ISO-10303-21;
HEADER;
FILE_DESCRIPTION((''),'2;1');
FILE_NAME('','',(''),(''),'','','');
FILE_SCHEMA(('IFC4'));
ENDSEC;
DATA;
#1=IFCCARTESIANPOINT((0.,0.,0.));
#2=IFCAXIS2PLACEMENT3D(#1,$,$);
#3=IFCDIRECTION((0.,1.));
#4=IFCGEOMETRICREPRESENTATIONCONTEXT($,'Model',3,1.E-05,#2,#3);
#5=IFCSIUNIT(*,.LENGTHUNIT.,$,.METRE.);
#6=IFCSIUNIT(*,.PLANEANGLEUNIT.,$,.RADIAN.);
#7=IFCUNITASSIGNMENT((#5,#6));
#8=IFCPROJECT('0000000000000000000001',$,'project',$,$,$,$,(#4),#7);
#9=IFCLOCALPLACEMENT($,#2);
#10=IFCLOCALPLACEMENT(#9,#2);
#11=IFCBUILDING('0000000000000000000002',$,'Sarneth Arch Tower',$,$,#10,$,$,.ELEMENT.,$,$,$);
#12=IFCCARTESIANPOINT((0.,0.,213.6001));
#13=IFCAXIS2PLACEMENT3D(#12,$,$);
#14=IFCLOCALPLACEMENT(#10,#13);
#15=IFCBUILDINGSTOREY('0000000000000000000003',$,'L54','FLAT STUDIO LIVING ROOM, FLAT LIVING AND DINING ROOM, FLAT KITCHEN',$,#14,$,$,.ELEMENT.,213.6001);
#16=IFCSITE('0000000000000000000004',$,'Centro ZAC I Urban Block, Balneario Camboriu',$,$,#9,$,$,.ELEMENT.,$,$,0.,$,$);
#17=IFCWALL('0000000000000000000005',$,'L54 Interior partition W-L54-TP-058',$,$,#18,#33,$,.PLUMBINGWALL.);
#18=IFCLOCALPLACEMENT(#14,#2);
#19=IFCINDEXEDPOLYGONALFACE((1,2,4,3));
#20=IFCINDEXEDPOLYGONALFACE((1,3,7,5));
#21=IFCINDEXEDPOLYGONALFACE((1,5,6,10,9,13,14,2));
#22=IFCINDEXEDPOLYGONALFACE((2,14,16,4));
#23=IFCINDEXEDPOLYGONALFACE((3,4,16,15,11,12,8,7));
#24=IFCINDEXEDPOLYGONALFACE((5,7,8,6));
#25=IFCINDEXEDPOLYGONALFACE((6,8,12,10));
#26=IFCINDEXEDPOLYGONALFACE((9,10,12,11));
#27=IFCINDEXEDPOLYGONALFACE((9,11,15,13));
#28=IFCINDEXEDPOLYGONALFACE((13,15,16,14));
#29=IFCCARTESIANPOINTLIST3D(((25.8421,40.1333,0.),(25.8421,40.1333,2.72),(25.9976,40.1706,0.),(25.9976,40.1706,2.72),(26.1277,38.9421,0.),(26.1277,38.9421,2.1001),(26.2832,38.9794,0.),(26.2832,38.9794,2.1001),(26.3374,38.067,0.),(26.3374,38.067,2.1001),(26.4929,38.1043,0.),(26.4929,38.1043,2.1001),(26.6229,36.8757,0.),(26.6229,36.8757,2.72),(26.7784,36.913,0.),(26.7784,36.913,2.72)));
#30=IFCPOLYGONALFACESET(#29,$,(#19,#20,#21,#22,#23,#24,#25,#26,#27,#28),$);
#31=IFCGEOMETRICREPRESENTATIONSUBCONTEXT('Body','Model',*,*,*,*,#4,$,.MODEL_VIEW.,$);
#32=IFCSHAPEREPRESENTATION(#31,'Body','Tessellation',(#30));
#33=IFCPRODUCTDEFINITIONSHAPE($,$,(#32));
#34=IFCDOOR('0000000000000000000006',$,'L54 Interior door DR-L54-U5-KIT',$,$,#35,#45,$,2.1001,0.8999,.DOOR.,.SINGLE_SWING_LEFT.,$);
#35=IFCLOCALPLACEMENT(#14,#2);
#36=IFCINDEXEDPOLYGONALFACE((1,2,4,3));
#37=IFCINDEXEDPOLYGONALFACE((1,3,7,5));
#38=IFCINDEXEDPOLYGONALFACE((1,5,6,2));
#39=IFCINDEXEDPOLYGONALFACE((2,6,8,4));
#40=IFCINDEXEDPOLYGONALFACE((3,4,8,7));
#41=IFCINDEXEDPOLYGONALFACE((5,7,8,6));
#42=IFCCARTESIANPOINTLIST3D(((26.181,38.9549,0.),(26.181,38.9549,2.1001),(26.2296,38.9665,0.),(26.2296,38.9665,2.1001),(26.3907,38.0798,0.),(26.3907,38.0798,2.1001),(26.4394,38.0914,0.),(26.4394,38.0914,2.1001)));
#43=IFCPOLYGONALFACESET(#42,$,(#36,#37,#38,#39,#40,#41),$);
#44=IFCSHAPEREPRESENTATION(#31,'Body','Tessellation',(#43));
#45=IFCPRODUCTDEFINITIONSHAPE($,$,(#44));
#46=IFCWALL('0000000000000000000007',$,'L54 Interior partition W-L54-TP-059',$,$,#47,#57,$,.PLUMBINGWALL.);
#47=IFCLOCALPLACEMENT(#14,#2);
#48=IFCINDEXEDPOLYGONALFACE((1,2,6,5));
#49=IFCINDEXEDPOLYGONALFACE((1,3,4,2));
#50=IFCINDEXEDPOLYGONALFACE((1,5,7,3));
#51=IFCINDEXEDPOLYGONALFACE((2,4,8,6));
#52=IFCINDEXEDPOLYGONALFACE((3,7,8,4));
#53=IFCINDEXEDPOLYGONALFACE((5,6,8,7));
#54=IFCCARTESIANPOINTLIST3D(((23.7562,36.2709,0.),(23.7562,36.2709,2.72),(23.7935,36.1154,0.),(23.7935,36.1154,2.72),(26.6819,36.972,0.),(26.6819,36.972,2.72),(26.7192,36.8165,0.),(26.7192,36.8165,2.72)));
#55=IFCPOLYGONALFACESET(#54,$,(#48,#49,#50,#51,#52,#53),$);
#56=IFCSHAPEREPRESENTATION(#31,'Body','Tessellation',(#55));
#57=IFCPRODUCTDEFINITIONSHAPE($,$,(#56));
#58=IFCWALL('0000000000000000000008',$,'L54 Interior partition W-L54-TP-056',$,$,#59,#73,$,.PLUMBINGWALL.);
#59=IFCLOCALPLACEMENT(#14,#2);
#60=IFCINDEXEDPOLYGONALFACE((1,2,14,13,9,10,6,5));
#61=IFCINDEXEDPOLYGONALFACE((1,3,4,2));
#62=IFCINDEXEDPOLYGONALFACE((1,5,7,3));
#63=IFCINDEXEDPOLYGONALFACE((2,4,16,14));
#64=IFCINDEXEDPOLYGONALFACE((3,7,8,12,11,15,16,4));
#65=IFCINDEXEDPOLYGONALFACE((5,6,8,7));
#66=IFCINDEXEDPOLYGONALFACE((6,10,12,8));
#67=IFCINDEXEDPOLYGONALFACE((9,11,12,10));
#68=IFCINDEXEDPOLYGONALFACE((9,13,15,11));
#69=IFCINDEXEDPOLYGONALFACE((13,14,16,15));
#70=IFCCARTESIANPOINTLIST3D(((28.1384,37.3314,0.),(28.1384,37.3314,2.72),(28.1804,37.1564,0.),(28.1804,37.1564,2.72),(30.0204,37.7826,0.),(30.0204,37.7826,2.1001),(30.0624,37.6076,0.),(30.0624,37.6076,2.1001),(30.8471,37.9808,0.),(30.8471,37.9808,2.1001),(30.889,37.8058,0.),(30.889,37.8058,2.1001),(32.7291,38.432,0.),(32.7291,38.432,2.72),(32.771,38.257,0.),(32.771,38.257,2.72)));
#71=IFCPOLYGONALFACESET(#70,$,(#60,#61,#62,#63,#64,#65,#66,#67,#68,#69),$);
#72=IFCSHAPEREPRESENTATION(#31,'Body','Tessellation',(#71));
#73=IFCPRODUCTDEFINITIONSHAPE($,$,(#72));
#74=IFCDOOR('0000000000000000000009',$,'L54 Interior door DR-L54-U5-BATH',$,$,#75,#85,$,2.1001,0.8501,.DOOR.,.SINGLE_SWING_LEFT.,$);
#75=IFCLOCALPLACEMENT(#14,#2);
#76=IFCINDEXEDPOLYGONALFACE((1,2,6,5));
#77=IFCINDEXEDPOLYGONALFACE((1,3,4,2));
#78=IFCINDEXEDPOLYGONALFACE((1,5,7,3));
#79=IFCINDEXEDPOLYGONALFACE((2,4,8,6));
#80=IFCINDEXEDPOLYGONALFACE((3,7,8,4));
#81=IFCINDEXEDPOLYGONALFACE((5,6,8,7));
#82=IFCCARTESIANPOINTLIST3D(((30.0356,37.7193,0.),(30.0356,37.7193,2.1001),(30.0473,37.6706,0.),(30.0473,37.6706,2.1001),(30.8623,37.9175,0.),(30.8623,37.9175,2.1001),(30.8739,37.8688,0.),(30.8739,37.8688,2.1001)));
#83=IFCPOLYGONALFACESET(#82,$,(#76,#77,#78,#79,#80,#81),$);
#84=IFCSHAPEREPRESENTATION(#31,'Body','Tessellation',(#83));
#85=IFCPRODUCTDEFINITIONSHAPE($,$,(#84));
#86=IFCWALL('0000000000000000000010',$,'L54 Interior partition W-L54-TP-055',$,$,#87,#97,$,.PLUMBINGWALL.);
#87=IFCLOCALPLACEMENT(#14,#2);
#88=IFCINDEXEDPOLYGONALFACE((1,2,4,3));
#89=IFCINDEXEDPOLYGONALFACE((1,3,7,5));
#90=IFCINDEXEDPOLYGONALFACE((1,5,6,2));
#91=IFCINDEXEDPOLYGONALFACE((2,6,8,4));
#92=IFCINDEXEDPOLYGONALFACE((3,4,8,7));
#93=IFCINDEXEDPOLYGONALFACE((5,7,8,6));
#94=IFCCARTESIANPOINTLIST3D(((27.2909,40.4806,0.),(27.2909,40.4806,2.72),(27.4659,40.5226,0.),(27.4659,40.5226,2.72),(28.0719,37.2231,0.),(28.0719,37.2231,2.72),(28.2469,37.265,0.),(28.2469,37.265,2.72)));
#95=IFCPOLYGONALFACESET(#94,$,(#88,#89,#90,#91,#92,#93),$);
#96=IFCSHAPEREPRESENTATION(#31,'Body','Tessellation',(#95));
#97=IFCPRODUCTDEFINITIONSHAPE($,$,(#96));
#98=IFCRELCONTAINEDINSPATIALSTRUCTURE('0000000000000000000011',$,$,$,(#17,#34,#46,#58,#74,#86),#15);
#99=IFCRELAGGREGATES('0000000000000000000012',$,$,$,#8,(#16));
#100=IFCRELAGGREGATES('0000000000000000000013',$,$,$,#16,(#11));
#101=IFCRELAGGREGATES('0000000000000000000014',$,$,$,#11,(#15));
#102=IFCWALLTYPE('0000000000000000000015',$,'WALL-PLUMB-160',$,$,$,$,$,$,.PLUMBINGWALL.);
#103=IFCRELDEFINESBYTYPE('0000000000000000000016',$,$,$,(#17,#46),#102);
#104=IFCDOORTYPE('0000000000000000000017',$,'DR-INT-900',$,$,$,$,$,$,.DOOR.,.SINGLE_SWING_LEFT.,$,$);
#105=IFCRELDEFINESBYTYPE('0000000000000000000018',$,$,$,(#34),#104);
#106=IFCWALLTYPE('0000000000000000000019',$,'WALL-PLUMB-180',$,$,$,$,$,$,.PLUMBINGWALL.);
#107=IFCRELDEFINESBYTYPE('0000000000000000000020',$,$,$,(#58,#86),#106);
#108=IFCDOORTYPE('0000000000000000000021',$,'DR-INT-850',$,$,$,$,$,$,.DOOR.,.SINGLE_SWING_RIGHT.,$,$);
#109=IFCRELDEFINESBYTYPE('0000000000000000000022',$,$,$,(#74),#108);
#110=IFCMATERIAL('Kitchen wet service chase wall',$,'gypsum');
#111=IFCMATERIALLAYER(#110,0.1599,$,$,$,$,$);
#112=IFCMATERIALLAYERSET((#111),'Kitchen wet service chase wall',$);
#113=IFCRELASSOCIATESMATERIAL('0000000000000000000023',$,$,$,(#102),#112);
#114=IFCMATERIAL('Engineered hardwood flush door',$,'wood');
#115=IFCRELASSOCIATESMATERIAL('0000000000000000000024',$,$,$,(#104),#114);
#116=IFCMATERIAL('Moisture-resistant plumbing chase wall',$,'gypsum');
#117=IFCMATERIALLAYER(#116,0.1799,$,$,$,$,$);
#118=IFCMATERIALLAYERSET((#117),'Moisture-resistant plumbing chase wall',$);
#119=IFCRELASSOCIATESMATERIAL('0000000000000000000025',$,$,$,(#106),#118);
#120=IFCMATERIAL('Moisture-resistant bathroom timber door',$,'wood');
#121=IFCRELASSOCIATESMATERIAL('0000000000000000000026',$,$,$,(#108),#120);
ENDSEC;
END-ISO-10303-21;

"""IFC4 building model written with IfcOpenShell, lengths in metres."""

from ifc_helpers import new_model, si_unit, direction, frame, frame_2d, origin, place, context, subcontext, project, spatial, rectangle, extrude, material, layer, layer_set, type_object, element, fill, save


model = new_model("IFC4")

# Units and contexts
model_context = context("Model", 3, precision=1e-05, world=origin(), true_north=direction((0.0, 1.0)))
body_context = subcontext(model_context, "Body", "Model", "MODEL_VIEW")
ifc_project = project(units=[si_unit("LENGTHUNIT", "METRE"), si_unit("PLANEANGLEUNIT", "RADIAN")], contexts=[model_context])

# Site, building, storey
site_placement = place(None, origin())
site = spatial("IfcSite", under=ifc_project, at=site_placement, Name="Centro ZAC I Urban Block, Balneario Camboriu", CompositionType="ELEMENT", RefElevation=0.0)
building_placement = place(site_placement, origin())
building = spatial("IfcBuilding", under=site, at=building_placement, Name="Sarneth Arch Tower", CompositionType="ELEMENT")
storey_placement = place(building_placement, frame((0.0, 0.0, 213.6001)))
storey = spatial("IfcBuildingStorey", under=building, at=storey_placement, Name="L54", Description="FLAT STUDIO LIVING ROOM, FLAT LIVING AND DINING ROOM, FLAT KITCHEN", CompositionType="ELEMENT", Elevation=213.6001)

# Wall, opening, door
ifc_material_1 = material(Name="Kitchen wet service chase wall", Category="gypsum")
ifc_layer_1 = layer(ifc_material_1, 0.1599)
ifc_layer_set_1 = layer_set([ifc_layer_1], Name="Kitchen wet service chase wall")
wall_type_1 = type_object("IfcWallType", Name="WALL-PLUMB-160", PredefinedType="PLUMBINGWALL", material=ifc_layer_set_1)
wall_1_placement = place(storey_placement, frame((25.9199, 40.1519, 0.0), z_axis=(0.0, 0.0, 1.0), x_axis=(0.233075, -0.972459, 0.0)))
wall_1 = element("IfcWall", 1, at=wall_1_placement, inside=storey, type_object=wall_type_1, Name="L54 Interior partition W-L54-TP-058", PredefinedType="PLUMBINGWALL", context=body_context, shape_type="SweptSolid", body=[
    extrude(rectangle(XDim=3.3499, YDim=0.1599, at=frame_2d((1.6748, 0.0))), origin(), (0.0, 0.0, 1.0), 2.72),
])
opening_1_placement = place(wall_1_placement, frame((1.2249, 0.0, 0.0)))
opening_1 = element("IfcOpeningElement", 2, at=opening_1_placement, cuts=wall_1, PredefinedType="OPENING", context=body_context, shape_type="SweptSolid", body=[
    extrude(rectangle(XDim=0.8999, YDim=2.1001, at=frame_2d((0.45, 1.05))), frame((0.0, 0.0898, 0.0), z_axis=(0.0, -1.0, 0.0), x_axis=(1.0, 0.0, 0.0)), (0.0, 0.0, 1.0), 0.1799),
])
ifc_material_2 = material(Name="Engineered hardwood flush door", Category="wood")
door_type_1 = type_object("IfcDoorType", Name="DR-INT-900", OperationType="SINGLE_SWING_LEFT", PredefinedType="DOOR", material=ifc_material_2)
door_1_placement = place(opening_1_placement, origin())
door_1 = element("IfcDoor", 3, at=door_1_placement, inside=storey, type_object=door_type_1, Name="L54 Interior door DR-L54-U5-KIT", OperationType="SINGLE_SWING_LEFT", OverallHeight=2.1001, OverallWidth=0.8999, PredefinedType="DOOR", context=body_context, shape_type="SweptSolid", body=[
    extrude(rectangle(XDim=0.8999, YDim=2.1001, at=frame_2d((0.45, 1.05))), frame((0.0, 0.0249, 0.0), z_axis=(0.0, -1.0, 0.0), x_axis=(1.0, 0.0, 0.0)), (0.0, 0.0, 1.0), 0.05),
])
fill(opening_1, door_1)

# Wall
wall_2_placement = place(storey_placement, frame((26.7007, 36.8943, 0.0), z_axis=(0.0, 0.0, 1.0), x_axis=(-0.972464, -0.233054, 0.0)))
element("IfcWall", 4, at=wall_2_placement, inside=storey, type_object=wall_type_1, Name="L54 Interior partition W-L54-TP-059", PredefinedType="PLUMBINGWALL", context=body_context, shape_type="SweptSolid", body=[
    extrude(rectangle(XDim=3.0085, YDim=0.1599, at=frame_2d((1.5044, 0.0))), origin(), (0.0, 0.0, 1.0), 2.72),
])

# Wall, opening, door
ifc_material_3 = material(Name="Moisture-resistant plumbing chase wall", Category="gypsum")
ifc_layer_2 = layer(ifc_material_3, 0.1799)
ifc_layer_set_2 = layer_set([ifc_layer_2], Name="Moisture-resistant plumbing chase wall")
wall_type_2 = type_object("IfcWallType", Name="WALL-PLUMB-180", PredefinedType="PLUMBINGWALL", material=ifc_layer_set_2)
wall_3_placement = place(storey_placement, frame((28.1594, 37.2439, 0.0), z_axis=(0.0, 0.0, 1.0), x_axis=(0.972443, 0.233142, 0.0)))
wall_3 = element("IfcWall", 5, at=wall_3_placement, inside=storey, type_object=wall_type_2, Name="L54 Interior partition W-L54-TP-056", PredefinedType="PLUMBINGWALL", context=body_context, shape_type="SweptSolid", body=[
    extrude(rectangle(XDim=4.7207, YDim=0.1799, at=frame_2d((2.3604, 0.0))), origin(), (0.0, 0.0, 1.0), 2.72),
])
opening_2_placement = place(wall_3_placement, frame((1.9353, 0.0, 0.0)))
opening_2 = element("IfcOpeningElement", 6, at=opening_2_placement, cuts=wall_3, PredefinedType="OPENING", context=body_context, shape_type="SweptSolid", body=[
    extrude(rectangle(XDim=0.8501, YDim=2.1001, at=frame_2d((0.425, 1.05))), frame((0.0, 0.0999, 0.0), z_axis=(0.0, -1.0, 0.0), x_axis=(1.0, 0.0, 0.0)), (0.0, 0.0, 1.0), 0.2),
])
ifc_material_4 = material(Name="Moisture-resistant bathroom timber door", Category="wood")
door_type_2 = type_object("IfcDoorType", Name="DR-INT-850", OperationType="SINGLE_SWING_RIGHT", PredefinedType="DOOR", material=ifc_material_4)
door_2_placement = place(opening_2_placement, origin())
door_2 = element("IfcDoor", 7, at=door_2_placement, inside=storey, type_object=door_type_2, Name="L54 Interior door DR-L54-U5-BATH", OperationType="SINGLE_SWING_LEFT", OverallHeight=2.1001, OverallWidth=0.8501, PredefinedType="DOOR", context=body_context, shape_type="SweptSolid", body=[
    extrude(rectangle(XDim=0.8501, YDim=2.1001, at=frame_2d((0.425, 1.05))), frame((0.0, 0.0249, 0.0), z_axis=(0.0, -1.0, 0.0), x_axis=(1.0, 0.0, 0.0)), (0.0, 0.0, 1.0), 0.05),
])
fill(opening_2, door_2)

# Wall
wall_4_placement = place(storey_placement, frame((27.3784, 40.5015, 0.0), z_axis=(0.0, 0.0, 1.0), x_axis=(0.233144, -0.972442, 0.0)))
element("IfcWall", 8, at=wall_4_placement, inside=storey, type_object=wall_type_2, Name="L54 Interior partition W-L54-TP-055", PredefinedType="PLUMBINGWALL", context=body_context, shape_type="SweptSolid", body=[
    extrude(rectangle(XDim=3.3499, YDim=0.1799, at=frame_2d((1.6748, 0.0))), origin(), (0.0, 0.0, 1.0), 2.72),
])

save(model, "model.ifc")
